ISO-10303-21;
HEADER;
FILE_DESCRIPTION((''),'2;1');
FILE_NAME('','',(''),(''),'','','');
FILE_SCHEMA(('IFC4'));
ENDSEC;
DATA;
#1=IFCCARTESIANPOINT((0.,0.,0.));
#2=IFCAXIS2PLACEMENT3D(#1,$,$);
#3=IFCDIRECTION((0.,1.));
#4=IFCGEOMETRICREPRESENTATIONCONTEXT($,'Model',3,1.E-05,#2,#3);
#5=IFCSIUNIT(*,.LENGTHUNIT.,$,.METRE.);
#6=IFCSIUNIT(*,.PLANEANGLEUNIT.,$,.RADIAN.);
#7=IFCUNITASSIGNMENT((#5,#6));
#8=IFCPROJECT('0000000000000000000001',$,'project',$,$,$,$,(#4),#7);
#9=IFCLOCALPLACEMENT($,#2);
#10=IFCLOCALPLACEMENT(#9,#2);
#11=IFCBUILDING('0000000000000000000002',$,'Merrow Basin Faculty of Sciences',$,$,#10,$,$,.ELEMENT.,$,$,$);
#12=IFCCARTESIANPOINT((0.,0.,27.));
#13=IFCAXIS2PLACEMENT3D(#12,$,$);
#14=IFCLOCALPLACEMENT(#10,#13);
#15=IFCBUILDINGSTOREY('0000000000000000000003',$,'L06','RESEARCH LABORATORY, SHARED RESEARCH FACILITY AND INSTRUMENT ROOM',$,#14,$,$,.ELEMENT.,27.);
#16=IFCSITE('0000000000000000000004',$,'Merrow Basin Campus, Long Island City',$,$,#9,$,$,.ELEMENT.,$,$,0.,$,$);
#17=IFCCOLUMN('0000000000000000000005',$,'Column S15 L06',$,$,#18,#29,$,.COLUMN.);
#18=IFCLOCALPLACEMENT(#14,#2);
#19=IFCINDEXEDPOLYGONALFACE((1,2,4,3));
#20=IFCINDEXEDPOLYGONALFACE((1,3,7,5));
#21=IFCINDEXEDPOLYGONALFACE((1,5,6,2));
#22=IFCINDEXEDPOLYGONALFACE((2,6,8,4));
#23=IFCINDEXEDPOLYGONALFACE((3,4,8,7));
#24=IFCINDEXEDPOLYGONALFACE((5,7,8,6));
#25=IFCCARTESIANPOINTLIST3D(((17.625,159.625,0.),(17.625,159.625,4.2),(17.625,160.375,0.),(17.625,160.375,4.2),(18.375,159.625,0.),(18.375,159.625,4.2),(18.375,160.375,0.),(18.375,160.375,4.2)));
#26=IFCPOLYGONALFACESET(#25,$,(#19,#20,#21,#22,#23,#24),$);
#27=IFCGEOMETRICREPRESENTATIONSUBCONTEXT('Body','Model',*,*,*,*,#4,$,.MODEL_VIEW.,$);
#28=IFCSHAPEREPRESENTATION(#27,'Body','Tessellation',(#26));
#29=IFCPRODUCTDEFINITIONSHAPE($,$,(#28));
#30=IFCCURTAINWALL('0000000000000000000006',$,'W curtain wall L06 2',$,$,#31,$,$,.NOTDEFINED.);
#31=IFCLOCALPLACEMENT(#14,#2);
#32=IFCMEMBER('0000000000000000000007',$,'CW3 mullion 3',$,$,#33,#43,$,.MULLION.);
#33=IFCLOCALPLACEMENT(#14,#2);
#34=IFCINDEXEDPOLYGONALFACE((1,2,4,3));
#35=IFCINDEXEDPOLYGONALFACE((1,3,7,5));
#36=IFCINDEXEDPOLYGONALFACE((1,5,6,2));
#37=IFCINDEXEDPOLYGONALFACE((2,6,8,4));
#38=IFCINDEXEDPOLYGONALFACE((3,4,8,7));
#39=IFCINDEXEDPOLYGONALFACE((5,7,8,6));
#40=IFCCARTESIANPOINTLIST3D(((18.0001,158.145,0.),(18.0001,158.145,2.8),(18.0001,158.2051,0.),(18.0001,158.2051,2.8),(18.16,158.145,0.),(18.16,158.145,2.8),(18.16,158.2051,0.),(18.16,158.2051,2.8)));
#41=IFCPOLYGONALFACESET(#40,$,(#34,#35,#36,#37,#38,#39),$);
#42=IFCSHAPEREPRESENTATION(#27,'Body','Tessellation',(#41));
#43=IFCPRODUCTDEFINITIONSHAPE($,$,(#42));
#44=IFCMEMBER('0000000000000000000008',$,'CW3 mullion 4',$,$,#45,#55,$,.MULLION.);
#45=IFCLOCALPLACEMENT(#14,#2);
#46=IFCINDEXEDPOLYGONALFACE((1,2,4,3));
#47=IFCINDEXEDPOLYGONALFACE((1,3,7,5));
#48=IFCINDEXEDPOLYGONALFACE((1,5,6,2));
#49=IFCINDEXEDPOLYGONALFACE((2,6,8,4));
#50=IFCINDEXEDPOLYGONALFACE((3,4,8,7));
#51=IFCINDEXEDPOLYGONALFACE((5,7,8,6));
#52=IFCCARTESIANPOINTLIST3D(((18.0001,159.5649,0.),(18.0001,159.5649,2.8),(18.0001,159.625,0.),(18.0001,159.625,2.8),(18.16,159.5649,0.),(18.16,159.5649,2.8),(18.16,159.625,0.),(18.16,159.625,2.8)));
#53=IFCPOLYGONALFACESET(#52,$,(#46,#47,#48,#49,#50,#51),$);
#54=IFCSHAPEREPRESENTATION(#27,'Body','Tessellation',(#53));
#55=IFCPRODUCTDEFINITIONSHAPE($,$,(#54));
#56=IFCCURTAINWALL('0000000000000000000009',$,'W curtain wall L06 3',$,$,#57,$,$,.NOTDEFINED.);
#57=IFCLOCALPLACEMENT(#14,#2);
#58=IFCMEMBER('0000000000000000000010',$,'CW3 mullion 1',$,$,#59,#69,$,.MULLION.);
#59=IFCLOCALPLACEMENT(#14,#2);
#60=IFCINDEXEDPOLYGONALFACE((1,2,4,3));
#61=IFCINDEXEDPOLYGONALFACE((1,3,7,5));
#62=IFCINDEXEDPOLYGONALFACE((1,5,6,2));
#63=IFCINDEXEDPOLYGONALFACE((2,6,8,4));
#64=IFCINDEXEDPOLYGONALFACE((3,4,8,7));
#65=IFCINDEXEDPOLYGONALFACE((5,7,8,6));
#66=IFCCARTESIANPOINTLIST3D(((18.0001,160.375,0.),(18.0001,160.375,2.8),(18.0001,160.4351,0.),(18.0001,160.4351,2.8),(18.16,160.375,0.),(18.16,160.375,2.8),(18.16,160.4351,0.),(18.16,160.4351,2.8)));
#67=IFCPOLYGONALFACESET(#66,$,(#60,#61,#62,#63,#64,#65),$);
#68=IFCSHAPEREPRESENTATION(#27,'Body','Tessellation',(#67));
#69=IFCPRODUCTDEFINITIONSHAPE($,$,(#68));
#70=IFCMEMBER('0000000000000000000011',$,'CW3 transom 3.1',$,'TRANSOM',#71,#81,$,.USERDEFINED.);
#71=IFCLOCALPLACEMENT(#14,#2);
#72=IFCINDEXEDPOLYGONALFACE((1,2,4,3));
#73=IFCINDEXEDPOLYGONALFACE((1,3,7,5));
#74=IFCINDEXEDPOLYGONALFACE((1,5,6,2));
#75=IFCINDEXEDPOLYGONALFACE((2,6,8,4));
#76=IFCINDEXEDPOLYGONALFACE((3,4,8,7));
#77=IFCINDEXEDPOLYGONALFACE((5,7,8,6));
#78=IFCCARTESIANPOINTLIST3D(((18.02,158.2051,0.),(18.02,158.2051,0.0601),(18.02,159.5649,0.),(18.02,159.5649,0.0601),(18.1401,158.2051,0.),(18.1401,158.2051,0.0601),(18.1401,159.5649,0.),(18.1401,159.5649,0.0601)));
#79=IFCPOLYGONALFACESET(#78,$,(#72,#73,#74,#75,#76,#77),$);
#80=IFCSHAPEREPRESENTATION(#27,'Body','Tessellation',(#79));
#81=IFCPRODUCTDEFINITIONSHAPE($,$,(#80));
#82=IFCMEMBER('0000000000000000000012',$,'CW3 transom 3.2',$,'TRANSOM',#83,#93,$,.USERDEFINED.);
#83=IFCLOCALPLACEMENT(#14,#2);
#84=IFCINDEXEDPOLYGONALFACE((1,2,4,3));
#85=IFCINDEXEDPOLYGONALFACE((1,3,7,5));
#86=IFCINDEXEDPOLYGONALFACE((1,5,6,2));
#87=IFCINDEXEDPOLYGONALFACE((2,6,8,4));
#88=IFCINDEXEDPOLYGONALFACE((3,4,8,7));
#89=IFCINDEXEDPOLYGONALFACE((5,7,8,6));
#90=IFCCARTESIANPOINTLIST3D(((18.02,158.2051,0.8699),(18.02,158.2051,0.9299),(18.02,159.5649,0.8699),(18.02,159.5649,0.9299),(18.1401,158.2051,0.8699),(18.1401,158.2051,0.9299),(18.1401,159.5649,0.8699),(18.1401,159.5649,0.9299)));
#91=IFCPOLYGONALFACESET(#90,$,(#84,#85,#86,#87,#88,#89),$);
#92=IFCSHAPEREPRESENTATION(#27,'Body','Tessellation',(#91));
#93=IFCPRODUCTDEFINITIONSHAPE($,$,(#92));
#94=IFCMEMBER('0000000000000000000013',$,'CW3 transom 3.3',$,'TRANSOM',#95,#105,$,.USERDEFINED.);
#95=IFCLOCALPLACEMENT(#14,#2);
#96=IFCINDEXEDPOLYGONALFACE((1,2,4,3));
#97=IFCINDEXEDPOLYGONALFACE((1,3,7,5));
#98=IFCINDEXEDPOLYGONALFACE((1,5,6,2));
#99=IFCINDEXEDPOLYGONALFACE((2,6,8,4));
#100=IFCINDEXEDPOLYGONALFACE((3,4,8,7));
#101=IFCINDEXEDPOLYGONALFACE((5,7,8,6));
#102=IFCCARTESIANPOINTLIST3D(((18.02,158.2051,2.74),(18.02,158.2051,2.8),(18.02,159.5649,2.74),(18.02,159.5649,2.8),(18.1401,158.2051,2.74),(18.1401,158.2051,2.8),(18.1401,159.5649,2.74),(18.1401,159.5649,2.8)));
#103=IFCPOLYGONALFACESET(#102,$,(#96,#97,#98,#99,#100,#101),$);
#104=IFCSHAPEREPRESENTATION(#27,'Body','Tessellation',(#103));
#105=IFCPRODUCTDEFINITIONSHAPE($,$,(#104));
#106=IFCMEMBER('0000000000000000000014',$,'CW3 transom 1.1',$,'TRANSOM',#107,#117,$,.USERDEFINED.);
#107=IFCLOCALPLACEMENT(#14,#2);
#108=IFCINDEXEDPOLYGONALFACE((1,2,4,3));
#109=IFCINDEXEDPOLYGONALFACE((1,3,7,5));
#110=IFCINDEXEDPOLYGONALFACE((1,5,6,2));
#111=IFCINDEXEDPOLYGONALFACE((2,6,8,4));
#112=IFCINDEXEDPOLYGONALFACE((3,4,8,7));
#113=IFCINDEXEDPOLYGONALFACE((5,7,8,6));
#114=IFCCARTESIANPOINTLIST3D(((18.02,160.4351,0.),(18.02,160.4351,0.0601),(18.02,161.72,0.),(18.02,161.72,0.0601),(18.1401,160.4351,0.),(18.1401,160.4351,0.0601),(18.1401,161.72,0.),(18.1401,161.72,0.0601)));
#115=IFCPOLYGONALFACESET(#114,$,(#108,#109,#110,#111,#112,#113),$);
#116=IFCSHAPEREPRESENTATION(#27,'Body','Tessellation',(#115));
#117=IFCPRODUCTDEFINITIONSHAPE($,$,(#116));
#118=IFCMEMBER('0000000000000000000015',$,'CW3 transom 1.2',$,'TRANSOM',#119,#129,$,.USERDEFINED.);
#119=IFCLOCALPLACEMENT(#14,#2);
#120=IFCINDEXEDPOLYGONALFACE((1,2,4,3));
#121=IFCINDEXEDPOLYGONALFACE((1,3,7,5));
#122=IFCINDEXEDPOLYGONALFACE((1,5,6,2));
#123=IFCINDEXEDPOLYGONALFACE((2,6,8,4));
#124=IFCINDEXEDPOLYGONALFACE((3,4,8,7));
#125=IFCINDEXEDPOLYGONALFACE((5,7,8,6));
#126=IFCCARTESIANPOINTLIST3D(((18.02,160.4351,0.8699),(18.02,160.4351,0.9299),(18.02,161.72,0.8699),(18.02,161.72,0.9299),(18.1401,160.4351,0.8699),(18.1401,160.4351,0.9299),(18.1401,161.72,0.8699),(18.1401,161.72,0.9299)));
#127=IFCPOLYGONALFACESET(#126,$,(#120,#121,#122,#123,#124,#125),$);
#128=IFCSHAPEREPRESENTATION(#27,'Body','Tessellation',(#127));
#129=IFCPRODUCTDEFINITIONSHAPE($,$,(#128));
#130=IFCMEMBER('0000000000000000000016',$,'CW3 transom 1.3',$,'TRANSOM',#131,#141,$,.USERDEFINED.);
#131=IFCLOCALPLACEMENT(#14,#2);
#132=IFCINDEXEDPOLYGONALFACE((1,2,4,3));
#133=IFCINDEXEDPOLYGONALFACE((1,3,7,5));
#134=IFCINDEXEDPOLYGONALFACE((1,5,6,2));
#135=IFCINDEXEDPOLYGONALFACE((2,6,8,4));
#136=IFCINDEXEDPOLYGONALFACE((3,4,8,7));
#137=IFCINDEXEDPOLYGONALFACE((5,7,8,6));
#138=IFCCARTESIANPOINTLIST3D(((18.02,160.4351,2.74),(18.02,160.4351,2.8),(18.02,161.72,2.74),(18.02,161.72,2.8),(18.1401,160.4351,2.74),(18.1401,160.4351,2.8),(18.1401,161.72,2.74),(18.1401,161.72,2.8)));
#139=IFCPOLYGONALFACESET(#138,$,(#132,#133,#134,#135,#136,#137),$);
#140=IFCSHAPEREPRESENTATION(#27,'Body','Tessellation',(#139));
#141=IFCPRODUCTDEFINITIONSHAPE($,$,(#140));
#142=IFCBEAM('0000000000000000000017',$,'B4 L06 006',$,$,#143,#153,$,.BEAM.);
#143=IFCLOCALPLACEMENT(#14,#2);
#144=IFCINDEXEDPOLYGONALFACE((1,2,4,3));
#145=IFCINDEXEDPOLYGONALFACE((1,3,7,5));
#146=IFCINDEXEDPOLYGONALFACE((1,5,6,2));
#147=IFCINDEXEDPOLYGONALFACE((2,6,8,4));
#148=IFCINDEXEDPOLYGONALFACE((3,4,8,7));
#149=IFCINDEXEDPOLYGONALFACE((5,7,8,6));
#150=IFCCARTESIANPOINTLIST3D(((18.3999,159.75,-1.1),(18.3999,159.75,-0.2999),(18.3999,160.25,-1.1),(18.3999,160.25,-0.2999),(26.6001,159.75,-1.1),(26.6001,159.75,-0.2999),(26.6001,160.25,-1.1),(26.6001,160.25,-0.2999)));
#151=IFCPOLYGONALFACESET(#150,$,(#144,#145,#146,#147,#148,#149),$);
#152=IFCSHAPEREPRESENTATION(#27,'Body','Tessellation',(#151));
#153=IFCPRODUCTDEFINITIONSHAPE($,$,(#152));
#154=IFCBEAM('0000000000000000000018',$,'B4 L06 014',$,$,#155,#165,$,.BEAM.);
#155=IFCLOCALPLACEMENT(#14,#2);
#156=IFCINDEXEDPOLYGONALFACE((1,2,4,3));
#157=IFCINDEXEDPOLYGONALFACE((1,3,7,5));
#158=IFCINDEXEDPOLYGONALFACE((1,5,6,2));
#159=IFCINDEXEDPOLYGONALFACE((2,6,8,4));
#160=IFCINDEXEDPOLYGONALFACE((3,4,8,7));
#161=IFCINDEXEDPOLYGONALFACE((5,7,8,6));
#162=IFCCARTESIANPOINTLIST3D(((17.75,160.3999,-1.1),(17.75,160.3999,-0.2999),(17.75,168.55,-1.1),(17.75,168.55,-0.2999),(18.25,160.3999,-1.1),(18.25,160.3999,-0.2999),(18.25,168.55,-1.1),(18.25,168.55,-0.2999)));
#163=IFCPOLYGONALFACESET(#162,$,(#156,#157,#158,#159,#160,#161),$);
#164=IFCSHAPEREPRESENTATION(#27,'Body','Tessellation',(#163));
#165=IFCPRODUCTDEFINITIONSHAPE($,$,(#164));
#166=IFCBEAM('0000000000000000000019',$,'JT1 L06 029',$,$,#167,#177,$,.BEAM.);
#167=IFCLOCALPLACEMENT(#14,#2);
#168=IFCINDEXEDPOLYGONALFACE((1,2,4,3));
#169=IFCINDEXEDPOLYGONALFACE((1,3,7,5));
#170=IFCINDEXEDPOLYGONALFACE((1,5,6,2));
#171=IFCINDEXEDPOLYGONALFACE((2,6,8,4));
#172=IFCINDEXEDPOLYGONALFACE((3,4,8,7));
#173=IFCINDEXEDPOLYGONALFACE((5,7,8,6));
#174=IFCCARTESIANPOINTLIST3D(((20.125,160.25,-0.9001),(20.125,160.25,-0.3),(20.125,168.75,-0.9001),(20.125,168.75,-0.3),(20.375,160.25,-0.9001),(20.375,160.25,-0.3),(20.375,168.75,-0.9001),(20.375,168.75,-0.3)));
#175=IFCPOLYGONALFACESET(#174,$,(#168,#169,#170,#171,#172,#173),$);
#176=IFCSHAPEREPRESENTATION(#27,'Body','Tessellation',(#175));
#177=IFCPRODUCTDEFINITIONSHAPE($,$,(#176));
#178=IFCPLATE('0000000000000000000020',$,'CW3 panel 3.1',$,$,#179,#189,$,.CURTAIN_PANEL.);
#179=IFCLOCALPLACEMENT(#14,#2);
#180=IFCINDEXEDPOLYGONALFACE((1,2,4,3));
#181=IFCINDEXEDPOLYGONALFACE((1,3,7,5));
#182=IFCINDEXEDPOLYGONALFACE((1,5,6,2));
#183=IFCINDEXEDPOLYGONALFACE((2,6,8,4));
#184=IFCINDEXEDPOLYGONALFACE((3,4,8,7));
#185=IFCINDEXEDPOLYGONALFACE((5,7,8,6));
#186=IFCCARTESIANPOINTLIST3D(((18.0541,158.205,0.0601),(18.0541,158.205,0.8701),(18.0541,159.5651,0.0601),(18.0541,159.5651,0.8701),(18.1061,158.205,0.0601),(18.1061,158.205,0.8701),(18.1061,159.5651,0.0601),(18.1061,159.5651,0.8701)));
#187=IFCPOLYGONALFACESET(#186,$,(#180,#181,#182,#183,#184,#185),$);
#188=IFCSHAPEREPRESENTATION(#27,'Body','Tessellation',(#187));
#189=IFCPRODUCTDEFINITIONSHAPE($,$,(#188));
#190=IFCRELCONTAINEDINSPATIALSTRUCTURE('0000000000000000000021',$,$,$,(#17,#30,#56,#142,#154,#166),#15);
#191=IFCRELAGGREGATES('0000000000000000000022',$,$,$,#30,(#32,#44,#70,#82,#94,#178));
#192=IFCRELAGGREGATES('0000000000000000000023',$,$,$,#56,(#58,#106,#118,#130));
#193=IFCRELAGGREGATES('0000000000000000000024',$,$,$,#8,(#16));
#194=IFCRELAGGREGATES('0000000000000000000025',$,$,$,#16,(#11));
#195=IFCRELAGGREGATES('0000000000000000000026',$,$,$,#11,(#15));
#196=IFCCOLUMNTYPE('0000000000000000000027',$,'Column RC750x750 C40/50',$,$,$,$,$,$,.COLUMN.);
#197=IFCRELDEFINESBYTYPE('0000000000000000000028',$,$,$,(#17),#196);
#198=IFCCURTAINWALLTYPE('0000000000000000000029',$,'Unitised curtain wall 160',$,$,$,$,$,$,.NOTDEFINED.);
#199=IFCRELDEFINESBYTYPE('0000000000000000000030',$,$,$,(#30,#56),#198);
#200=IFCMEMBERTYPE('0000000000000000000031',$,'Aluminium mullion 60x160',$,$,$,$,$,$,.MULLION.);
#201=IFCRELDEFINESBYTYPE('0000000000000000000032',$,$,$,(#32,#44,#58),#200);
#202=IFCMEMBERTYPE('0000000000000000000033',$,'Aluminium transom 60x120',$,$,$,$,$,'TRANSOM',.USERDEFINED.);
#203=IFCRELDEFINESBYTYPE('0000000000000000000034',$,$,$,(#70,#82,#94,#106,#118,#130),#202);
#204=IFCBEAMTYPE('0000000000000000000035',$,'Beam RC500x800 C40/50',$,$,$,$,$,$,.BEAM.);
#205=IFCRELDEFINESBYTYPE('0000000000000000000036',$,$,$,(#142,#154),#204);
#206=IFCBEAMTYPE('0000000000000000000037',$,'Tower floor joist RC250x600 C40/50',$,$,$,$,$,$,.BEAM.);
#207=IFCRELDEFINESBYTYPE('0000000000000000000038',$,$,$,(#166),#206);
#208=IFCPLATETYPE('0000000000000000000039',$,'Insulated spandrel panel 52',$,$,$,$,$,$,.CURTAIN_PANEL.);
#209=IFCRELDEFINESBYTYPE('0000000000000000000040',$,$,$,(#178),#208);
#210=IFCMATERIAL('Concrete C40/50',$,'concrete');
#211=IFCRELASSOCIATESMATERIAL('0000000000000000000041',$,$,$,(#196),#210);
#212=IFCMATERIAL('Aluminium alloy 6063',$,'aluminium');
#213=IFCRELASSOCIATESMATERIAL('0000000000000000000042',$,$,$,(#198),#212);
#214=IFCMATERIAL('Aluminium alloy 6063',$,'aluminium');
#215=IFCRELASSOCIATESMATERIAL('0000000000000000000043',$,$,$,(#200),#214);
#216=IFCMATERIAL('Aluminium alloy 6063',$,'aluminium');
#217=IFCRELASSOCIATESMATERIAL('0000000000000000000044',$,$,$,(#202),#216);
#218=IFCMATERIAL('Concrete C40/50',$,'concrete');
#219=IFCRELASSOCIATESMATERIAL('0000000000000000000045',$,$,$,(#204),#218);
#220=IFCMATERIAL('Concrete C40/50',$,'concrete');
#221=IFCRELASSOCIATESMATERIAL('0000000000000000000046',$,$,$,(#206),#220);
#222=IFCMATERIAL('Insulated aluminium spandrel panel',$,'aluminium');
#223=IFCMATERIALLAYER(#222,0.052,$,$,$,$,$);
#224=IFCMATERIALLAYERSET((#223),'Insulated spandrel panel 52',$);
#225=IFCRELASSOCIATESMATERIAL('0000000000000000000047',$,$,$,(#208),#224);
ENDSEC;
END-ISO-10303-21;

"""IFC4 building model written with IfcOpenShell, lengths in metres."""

from ifc_helpers import new_model, si_unit, direction, frame, origin, origin_2d, place, context, subcontext, project, spatial, rectangle, extrude, material, layer, layer_set, material_profile, profile_set, type_object, element, aggregate, save


model = new_model("IFC4")

# Units and contexts
model_context = context("Model", 3, precision=1e-05, world=origin(), true_north=direction((0.0, 1.0)))
body_context = subcontext(model_context, "Body", "Model", "MODEL_VIEW")
ifc_project = project(units=[si_unit("LENGTHUNIT", "METRE"), si_unit("PLANEANGLEUNIT", "RADIAN")], contexts=[model_context])

# Site, building, storey
site_placement = place(None, origin())
site = spatial("IfcSite", under=ifc_project, at=site_placement, Name="Merrow Basin Campus, Long Island City", CompositionType="ELEMENT", RefElevation=0.0)
building_placement = place(site_placement, origin())
building = spatial("IfcBuilding", under=site, at=building_placement, Name="Merrow Basin Faculty of Sciences", CompositionType="ELEMENT")
storey_placement = place(building_placement, frame((0.0, 0.0, 27.0)))
storey = spatial("IfcBuildingStorey", under=building, at=storey_placement, Name="L06", Description="RESEARCH LABORATORY, SHARED RESEARCH FACILITY AND INSTRUMENT ROOM", CompositionType="ELEMENT", Elevation=27.0)

# Column
ifc_material_1 = material(Name="Concrete C40/50", Category="concrete")
ifc_material_profile_1 = material_profile(ifc_material_1, rectangle(XDim=0.75, YDim=0.75, at=origin_2d()))
ifc_profile_set_1 = profile_set([ifc_material_profile_1], Name="Concrete C40/50")
column_type = type_object("IfcColumnType", Name="Column RC750x750 C40/50", PredefinedType="COLUMN", material=ifc_profile_set_1)
column_placement = place(storey_placement, frame((18.0, 160.0, 0.0), z_axis=(0.0, 0.0, 1.0), x_axis=(1.0, 0.0, 0.0)))
element("IfcColumn", 1, at=column_placement, inside=storey, type_object=column_type, Name="Column S15 L06", PredefinedType="COLUMN", context=body_context, shape_type="SweptSolid", body=[
    extrude(rectangle(XDim=0.75, YDim=0.75, at=origin_2d()), origin(), (0.0, 0.0, 1.0), 4.2),
])

# Curtain wall, members
ifc_material_2 = material(Name="Aluminium alloy 6063", Category="aluminium")
curtain_wall_type = type_object("IfcCurtainWallType", Name="Unitised curtain wall 160", PredefinedType="NOTDEFINED", material=ifc_material_2)
curtain_wall_1_placement = place(storey_placement, origin())
curtain_wall_1 = element("IfcCurtainWall", 2, at=curtain_wall_1_placement, inside=storey, type_object=curtain_wall_type, Name="W curtain wall L06 2", PredefinedType="NOTDEFINED")
ifc_material_3 = material(Name="Aluminium alloy 6063", Category="aluminium")
ifc_material_profile_2 = material_profile(ifc_material_3, rectangle(XDim=0.1599, YDim=0.0601, at=origin_2d()))
ifc_profile_set_2 = profile_set([ifc_material_profile_2], Name="Aluminium alloy 6063")
member_type_1 = type_object("IfcMemberType", Name="Aluminium mullion 60x160", PredefinedType="MULLION", material=ifc_profile_set_2)
member_1_placement = place(storey_placement, frame((18.0801, 158.175, 0.0), z_axis=(0.0, 0.0, 1.0), x_axis=(-1.0, 0.0, 0.0)))
member_1 = element("IfcMember", 3, at=member_1_placement, type_object=member_type_1, Name="CW3 mullion 3", PredefinedType="MULLION", context=body_context, shape_type="SweptSolid", body=[
    extrude(rectangle(XDim=0.1599, YDim=0.0601, at=origin_2d()), origin(), (0.0, 0.0, 1.0), 2.8),
])
member_2_placement = place(storey_placement, frame((18.0801, 159.595, 0.0), z_axis=(0.0, 0.0, 1.0), x_axis=(-1.0, 0.0, 0.0)))
member_2 = element("IfcMember", 4, at=member_2_placement, type_object=member_type_1, Name="CW3 mullion 4", PredefinedType="MULLION", context=body_context, shape_type="SweptSolid", body=[
    extrude(rectangle(XDim=0.1599, YDim=0.0601, at=origin_2d()), origin(), (0.0, 0.0, 1.0), 2.8),
])

# Curtain wall, member
curtain_wall_2_placement = place(storey_placement, origin())
curtain_wall_2 = element("IfcCurtainWall", 5, at=curtain_wall_2_placement, inside=storey, type_object=curtain_wall_type, Name="W curtain wall L06 3", PredefinedType="NOTDEFINED")
member_3_placement = place(storey_placement, frame((18.0801, 160.405, 0.0), z_axis=(0.0, 0.0, 1.0), x_axis=(-1.0, 0.0, 0.0)))
member_3 = element("IfcMember", 6, at=member_3_placement, type_object=member_type_1, Name="CW3 mullion 1", PredefinedType="MULLION", context=body_context, shape_type="SweptSolid", body=[
    extrude(rectangle(XDim=0.1599, YDim=0.0601, at=origin_2d()), origin(), (0.0, 0.0, 1.0), 2.8),
])

# Members
ifc_material_4 = material(Name="Aluminium alloy 6063", Category="aluminium")
ifc_material_profile_3 = material_profile(ifc_material_4, rectangle(XDim=0.1201, YDim=0.0601, at=origin_2d()))
ifc_profile_set_3 = profile_set([ifc_material_profile_3], Name="Aluminium alloy 6063")
member_type_2 = type_object("IfcMemberType", Name="Aluminium transom 60x120", ElementType="TRANSOM", PredefinedType="USERDEFINED", material=ifc_profile_set_3)
member_4_placement = place(storey_placement, frame((18.0801, 158.2051, 0.03), z_axis=(0.0, 1.0, 0.0), x_axis=(-1.0, 0.0, 0.0)))
member_4 = element("IfcMember", 7, at=member_4_placement, type_object=member_type_2, Name="CW3 transom 3.1", ObjectType="TRANSOM", PredefinedType="USERDEFINED", context=body_context, shape_type="SweptSolid", body=[
    extrude(rectangle(XDim=0.1201, YDim=0.0601, at=origin_2d()), origin(), (0.0, 0.0, 1.0), 1.3599),
])
member_5_placement = place(storey_placement, frame((18.0801, 158.2051, 0.8999), z_axis=(0.0, 1.0, 0.0), x_axis=(-1.0, 0.0, 0.0)))
member_5 = element("IfcMember", 8, at=member_5_placement, type_object=member_type_2, Name="CW3 transom 3.2", ObjectType="TRANSOM", PredefinedType="USERDEFINED", context=body_context, shape_type="SweptSolid", body=[
    extrude(rectangle(XDim=0.1201, YDim=0.0601, at=origin_2d()), origin(), (0.0, 0.0, 1.0), 1.3599),
])
member_6_placement = place(storey_placement, frame((18.0801, 158.2051, 2.77), z_axis=(0.0, 1.0, 0.0), x_axis=(-1.0, 0.0, 0.0)))
member_6 = element("IfcMember", 9, at=member_6_placement, type_object=member_type_2, Name="CW3 transom 3.3", ObjectType="TRANSOM", PredefinedType="USERDEFINED", context=body_context, shape_type="SweptSolid", body=[
    extrude(rectangle(XDim=0.1201, YDim=0.0601, at=origin_2d()), origin(), (0.0, 0.0, 1.0), 1.3599),
])
member_7_placement = place(storey_placement, frame((18.0801, 160.4351, 0.03), z_axis=(0.0, 1.0, 0.0), x_axis=(-1.0, 0.0, 0.0)))
member_7 = element("IfcMember", 10, at=member_7_placement, type_object=member_type_2, Name="CW3 transom 1.1", ObjectType="TRANSOM", PredefinedType="USERDEFINED", context=body_context, shape_type="SweptSolid", body=[
    extrude(rectangle(XDim=0.1201, YDim=0.0601, at=origin_2d()), origin(), (0.0, 0.0, 1.0), 1.2849),
])
member_8_placement = place(storey_placement, frame((18.0801, 160.4351, 0.8999), z_axis=(0.0, 1.0, 0.0), x_axis=(-1.0, 0.0, 0.0)))
member_8 = element("IfcMember", 11, at=member_8_placement, type_object=member_type_2, Name="CW3 transom 1.2", ObjectType="TRANSOM", PredefinedType="USERDEFINED", context=body_context, shape_type="SweptSolid", body=[
    extrude(rectangle(XDim=0.1201, YDim=0.0601, at=origin_2d()), origin(), (0.0, 0.0, 1.0), 1.2849),
])
member_9_placement = place(storey_placement, frame((18.0801, 160.4351, 2.77), z_axis=(0.0, 1.0, 0.0), x_axis=(-1.0, 0.0, 0.0)))
member_9 = element("IfcMember", 12, at=member_9_placement, type_object=member_type_2, Name="CW3 transom 1.3", ObjectType="TRANSOM", PredefinedType="USERDEFINED", context=body_context, shape_type="SweptSolid", body=[
    extrude(rectangle(XDim=0.1201, YDim=0.0601, at=origin_2d()), origin(), (0.0, 0.0, 1.0), 1.2849),
])

# Beams
ifc_material_5 = material(Name="Concrete C40/50", Category="concrete")
ifc_material_profile_4 = material_profile(ifc_material_5, rectangle(XDim=0.5, YDim=0.8, at=origin_2d()))
ifc_profile_set_4 = profile_set([ifc_material_profile_4], Name="Concrete C40/50")
beam_type_1 = type_object("IfcBeamType", Name="Beam RC500x800 C40/50", PredefinedType="BEAM", material=ifc_profile_set_4)
beam_1_placement = place(storey_placement, frame((18.3999, 160.0, -0.7), z_axis=(1.0, 0.0, 0.0), x_axis=(0.0, 1.0, 0.0)))
element("IfcBeam", 13, at=beam_1_placement, inside=storey, type_object=beam_type_1, Name="B4 L06 006", PredefinedType="BEAM", context=body_context, shape_type="SweptSolid", body=[
    extrude(rectangle(XDim=0.5, YDim=0.8, at=origin_2d()), origin(), (0.0, 0.0, 1.0), 8.2002),
])
beam_2_placement = place(storey_placement, frame((18.0, 160.3999, -0.7), z_axis=(0.0, 1.0, 0.0), x_axis=(-1.0, 0.0, 0.0)))
element("IfcBeam", 14, at=beam_2_placement, inside=storey, type_object=beam_type_1, Name="B4 L06 014", PredefinedType="BEAM", context=body_context, shape_type="SweptSolid", body=[
    extrude(rectangle(XDim=0.5, YDim=0.8, at=origin_2d()), origin(), (0.0, 0.0, 1.0), 8.1501),
])
ifc_material_6 = material(Name="Concrete C40/50", Category="concrete")
ifc_material_profile_5 = material_profile(ifc_material_6, rectangle(XDim=0.25, YDim=0.6001, at=origin_2d()))
ifc_profile_set_5 = profile_set([ifc_material_profile_5], Name="Concrete C40/50")
beam_type_2 = type_object("IfcBeamType", Name="Tower floor joist RC250x600 C40/50", PredefinedType="BEAM", material=ifc_profile_set_5)
beam_3_placement = place(storey_placement, frame((20.25, 160.25, -0.6001), z_axis=(0.0, 1.0, 0.0), x_axis=(-1.0, 0.0, 0.0)))
element("IfcBeam", 15, at=beam_3_placement, inside=storey, type_object=beam_type_2, Name="JT1 L06 029", PredefinedType="BEAM", context=body_context, shape_type="SweptSolid", body=[
    extrude(rectangle(XDim=0.25, YDim=0.6001, at=origin_2d()), origin(), (0.0, 0.0, 1.0), 8.5),
])

# Plate
ifc_material_7 = material(Name="Insulated aluminium spandrel panel", Category="aluminium")
ifc_layer_1 = layer(ifc_material_7, 0.052)
ifc_layer_set_1 = layer_set([ifc_layer_1], Name="Insulated spandrel panel 52")
plate_type_1 = type_object("IfcPlateType", Name="Insulated spandrel panel 52", PredefinedType="CURTAIN_PANEL", material=ifc_layer_set_1)
plate_1_placement = place(storey_placement, frame((18.0801, 158.885, 0.0601), z_axis=(0.0, 0.0, 1.0), x_axis=(0.0, 1.0, 0.0)))
plate_1 = element("IfcPlate", 16, at=plate_1_placement, type_object=plate_type_1, Name="CW3 panel 3.1", PredefinedType="CURTAIN_PANEL", context=body_context, shape_type="SweptSolid", body=[
    extrude(rectangle(XDim=1.3601, YDim=0.052, at=origin_2d()), origin(), (0.0, 0.0, 1.0), 0.8101),
])
aggregate(curtain_wall_1, [member_1, member_2, member_4, member_5, member_6, plate_1])
aggregate(curtain_wall_2, [member_3, member_7, member_8, member_9])

save(model, "model.ifc")
